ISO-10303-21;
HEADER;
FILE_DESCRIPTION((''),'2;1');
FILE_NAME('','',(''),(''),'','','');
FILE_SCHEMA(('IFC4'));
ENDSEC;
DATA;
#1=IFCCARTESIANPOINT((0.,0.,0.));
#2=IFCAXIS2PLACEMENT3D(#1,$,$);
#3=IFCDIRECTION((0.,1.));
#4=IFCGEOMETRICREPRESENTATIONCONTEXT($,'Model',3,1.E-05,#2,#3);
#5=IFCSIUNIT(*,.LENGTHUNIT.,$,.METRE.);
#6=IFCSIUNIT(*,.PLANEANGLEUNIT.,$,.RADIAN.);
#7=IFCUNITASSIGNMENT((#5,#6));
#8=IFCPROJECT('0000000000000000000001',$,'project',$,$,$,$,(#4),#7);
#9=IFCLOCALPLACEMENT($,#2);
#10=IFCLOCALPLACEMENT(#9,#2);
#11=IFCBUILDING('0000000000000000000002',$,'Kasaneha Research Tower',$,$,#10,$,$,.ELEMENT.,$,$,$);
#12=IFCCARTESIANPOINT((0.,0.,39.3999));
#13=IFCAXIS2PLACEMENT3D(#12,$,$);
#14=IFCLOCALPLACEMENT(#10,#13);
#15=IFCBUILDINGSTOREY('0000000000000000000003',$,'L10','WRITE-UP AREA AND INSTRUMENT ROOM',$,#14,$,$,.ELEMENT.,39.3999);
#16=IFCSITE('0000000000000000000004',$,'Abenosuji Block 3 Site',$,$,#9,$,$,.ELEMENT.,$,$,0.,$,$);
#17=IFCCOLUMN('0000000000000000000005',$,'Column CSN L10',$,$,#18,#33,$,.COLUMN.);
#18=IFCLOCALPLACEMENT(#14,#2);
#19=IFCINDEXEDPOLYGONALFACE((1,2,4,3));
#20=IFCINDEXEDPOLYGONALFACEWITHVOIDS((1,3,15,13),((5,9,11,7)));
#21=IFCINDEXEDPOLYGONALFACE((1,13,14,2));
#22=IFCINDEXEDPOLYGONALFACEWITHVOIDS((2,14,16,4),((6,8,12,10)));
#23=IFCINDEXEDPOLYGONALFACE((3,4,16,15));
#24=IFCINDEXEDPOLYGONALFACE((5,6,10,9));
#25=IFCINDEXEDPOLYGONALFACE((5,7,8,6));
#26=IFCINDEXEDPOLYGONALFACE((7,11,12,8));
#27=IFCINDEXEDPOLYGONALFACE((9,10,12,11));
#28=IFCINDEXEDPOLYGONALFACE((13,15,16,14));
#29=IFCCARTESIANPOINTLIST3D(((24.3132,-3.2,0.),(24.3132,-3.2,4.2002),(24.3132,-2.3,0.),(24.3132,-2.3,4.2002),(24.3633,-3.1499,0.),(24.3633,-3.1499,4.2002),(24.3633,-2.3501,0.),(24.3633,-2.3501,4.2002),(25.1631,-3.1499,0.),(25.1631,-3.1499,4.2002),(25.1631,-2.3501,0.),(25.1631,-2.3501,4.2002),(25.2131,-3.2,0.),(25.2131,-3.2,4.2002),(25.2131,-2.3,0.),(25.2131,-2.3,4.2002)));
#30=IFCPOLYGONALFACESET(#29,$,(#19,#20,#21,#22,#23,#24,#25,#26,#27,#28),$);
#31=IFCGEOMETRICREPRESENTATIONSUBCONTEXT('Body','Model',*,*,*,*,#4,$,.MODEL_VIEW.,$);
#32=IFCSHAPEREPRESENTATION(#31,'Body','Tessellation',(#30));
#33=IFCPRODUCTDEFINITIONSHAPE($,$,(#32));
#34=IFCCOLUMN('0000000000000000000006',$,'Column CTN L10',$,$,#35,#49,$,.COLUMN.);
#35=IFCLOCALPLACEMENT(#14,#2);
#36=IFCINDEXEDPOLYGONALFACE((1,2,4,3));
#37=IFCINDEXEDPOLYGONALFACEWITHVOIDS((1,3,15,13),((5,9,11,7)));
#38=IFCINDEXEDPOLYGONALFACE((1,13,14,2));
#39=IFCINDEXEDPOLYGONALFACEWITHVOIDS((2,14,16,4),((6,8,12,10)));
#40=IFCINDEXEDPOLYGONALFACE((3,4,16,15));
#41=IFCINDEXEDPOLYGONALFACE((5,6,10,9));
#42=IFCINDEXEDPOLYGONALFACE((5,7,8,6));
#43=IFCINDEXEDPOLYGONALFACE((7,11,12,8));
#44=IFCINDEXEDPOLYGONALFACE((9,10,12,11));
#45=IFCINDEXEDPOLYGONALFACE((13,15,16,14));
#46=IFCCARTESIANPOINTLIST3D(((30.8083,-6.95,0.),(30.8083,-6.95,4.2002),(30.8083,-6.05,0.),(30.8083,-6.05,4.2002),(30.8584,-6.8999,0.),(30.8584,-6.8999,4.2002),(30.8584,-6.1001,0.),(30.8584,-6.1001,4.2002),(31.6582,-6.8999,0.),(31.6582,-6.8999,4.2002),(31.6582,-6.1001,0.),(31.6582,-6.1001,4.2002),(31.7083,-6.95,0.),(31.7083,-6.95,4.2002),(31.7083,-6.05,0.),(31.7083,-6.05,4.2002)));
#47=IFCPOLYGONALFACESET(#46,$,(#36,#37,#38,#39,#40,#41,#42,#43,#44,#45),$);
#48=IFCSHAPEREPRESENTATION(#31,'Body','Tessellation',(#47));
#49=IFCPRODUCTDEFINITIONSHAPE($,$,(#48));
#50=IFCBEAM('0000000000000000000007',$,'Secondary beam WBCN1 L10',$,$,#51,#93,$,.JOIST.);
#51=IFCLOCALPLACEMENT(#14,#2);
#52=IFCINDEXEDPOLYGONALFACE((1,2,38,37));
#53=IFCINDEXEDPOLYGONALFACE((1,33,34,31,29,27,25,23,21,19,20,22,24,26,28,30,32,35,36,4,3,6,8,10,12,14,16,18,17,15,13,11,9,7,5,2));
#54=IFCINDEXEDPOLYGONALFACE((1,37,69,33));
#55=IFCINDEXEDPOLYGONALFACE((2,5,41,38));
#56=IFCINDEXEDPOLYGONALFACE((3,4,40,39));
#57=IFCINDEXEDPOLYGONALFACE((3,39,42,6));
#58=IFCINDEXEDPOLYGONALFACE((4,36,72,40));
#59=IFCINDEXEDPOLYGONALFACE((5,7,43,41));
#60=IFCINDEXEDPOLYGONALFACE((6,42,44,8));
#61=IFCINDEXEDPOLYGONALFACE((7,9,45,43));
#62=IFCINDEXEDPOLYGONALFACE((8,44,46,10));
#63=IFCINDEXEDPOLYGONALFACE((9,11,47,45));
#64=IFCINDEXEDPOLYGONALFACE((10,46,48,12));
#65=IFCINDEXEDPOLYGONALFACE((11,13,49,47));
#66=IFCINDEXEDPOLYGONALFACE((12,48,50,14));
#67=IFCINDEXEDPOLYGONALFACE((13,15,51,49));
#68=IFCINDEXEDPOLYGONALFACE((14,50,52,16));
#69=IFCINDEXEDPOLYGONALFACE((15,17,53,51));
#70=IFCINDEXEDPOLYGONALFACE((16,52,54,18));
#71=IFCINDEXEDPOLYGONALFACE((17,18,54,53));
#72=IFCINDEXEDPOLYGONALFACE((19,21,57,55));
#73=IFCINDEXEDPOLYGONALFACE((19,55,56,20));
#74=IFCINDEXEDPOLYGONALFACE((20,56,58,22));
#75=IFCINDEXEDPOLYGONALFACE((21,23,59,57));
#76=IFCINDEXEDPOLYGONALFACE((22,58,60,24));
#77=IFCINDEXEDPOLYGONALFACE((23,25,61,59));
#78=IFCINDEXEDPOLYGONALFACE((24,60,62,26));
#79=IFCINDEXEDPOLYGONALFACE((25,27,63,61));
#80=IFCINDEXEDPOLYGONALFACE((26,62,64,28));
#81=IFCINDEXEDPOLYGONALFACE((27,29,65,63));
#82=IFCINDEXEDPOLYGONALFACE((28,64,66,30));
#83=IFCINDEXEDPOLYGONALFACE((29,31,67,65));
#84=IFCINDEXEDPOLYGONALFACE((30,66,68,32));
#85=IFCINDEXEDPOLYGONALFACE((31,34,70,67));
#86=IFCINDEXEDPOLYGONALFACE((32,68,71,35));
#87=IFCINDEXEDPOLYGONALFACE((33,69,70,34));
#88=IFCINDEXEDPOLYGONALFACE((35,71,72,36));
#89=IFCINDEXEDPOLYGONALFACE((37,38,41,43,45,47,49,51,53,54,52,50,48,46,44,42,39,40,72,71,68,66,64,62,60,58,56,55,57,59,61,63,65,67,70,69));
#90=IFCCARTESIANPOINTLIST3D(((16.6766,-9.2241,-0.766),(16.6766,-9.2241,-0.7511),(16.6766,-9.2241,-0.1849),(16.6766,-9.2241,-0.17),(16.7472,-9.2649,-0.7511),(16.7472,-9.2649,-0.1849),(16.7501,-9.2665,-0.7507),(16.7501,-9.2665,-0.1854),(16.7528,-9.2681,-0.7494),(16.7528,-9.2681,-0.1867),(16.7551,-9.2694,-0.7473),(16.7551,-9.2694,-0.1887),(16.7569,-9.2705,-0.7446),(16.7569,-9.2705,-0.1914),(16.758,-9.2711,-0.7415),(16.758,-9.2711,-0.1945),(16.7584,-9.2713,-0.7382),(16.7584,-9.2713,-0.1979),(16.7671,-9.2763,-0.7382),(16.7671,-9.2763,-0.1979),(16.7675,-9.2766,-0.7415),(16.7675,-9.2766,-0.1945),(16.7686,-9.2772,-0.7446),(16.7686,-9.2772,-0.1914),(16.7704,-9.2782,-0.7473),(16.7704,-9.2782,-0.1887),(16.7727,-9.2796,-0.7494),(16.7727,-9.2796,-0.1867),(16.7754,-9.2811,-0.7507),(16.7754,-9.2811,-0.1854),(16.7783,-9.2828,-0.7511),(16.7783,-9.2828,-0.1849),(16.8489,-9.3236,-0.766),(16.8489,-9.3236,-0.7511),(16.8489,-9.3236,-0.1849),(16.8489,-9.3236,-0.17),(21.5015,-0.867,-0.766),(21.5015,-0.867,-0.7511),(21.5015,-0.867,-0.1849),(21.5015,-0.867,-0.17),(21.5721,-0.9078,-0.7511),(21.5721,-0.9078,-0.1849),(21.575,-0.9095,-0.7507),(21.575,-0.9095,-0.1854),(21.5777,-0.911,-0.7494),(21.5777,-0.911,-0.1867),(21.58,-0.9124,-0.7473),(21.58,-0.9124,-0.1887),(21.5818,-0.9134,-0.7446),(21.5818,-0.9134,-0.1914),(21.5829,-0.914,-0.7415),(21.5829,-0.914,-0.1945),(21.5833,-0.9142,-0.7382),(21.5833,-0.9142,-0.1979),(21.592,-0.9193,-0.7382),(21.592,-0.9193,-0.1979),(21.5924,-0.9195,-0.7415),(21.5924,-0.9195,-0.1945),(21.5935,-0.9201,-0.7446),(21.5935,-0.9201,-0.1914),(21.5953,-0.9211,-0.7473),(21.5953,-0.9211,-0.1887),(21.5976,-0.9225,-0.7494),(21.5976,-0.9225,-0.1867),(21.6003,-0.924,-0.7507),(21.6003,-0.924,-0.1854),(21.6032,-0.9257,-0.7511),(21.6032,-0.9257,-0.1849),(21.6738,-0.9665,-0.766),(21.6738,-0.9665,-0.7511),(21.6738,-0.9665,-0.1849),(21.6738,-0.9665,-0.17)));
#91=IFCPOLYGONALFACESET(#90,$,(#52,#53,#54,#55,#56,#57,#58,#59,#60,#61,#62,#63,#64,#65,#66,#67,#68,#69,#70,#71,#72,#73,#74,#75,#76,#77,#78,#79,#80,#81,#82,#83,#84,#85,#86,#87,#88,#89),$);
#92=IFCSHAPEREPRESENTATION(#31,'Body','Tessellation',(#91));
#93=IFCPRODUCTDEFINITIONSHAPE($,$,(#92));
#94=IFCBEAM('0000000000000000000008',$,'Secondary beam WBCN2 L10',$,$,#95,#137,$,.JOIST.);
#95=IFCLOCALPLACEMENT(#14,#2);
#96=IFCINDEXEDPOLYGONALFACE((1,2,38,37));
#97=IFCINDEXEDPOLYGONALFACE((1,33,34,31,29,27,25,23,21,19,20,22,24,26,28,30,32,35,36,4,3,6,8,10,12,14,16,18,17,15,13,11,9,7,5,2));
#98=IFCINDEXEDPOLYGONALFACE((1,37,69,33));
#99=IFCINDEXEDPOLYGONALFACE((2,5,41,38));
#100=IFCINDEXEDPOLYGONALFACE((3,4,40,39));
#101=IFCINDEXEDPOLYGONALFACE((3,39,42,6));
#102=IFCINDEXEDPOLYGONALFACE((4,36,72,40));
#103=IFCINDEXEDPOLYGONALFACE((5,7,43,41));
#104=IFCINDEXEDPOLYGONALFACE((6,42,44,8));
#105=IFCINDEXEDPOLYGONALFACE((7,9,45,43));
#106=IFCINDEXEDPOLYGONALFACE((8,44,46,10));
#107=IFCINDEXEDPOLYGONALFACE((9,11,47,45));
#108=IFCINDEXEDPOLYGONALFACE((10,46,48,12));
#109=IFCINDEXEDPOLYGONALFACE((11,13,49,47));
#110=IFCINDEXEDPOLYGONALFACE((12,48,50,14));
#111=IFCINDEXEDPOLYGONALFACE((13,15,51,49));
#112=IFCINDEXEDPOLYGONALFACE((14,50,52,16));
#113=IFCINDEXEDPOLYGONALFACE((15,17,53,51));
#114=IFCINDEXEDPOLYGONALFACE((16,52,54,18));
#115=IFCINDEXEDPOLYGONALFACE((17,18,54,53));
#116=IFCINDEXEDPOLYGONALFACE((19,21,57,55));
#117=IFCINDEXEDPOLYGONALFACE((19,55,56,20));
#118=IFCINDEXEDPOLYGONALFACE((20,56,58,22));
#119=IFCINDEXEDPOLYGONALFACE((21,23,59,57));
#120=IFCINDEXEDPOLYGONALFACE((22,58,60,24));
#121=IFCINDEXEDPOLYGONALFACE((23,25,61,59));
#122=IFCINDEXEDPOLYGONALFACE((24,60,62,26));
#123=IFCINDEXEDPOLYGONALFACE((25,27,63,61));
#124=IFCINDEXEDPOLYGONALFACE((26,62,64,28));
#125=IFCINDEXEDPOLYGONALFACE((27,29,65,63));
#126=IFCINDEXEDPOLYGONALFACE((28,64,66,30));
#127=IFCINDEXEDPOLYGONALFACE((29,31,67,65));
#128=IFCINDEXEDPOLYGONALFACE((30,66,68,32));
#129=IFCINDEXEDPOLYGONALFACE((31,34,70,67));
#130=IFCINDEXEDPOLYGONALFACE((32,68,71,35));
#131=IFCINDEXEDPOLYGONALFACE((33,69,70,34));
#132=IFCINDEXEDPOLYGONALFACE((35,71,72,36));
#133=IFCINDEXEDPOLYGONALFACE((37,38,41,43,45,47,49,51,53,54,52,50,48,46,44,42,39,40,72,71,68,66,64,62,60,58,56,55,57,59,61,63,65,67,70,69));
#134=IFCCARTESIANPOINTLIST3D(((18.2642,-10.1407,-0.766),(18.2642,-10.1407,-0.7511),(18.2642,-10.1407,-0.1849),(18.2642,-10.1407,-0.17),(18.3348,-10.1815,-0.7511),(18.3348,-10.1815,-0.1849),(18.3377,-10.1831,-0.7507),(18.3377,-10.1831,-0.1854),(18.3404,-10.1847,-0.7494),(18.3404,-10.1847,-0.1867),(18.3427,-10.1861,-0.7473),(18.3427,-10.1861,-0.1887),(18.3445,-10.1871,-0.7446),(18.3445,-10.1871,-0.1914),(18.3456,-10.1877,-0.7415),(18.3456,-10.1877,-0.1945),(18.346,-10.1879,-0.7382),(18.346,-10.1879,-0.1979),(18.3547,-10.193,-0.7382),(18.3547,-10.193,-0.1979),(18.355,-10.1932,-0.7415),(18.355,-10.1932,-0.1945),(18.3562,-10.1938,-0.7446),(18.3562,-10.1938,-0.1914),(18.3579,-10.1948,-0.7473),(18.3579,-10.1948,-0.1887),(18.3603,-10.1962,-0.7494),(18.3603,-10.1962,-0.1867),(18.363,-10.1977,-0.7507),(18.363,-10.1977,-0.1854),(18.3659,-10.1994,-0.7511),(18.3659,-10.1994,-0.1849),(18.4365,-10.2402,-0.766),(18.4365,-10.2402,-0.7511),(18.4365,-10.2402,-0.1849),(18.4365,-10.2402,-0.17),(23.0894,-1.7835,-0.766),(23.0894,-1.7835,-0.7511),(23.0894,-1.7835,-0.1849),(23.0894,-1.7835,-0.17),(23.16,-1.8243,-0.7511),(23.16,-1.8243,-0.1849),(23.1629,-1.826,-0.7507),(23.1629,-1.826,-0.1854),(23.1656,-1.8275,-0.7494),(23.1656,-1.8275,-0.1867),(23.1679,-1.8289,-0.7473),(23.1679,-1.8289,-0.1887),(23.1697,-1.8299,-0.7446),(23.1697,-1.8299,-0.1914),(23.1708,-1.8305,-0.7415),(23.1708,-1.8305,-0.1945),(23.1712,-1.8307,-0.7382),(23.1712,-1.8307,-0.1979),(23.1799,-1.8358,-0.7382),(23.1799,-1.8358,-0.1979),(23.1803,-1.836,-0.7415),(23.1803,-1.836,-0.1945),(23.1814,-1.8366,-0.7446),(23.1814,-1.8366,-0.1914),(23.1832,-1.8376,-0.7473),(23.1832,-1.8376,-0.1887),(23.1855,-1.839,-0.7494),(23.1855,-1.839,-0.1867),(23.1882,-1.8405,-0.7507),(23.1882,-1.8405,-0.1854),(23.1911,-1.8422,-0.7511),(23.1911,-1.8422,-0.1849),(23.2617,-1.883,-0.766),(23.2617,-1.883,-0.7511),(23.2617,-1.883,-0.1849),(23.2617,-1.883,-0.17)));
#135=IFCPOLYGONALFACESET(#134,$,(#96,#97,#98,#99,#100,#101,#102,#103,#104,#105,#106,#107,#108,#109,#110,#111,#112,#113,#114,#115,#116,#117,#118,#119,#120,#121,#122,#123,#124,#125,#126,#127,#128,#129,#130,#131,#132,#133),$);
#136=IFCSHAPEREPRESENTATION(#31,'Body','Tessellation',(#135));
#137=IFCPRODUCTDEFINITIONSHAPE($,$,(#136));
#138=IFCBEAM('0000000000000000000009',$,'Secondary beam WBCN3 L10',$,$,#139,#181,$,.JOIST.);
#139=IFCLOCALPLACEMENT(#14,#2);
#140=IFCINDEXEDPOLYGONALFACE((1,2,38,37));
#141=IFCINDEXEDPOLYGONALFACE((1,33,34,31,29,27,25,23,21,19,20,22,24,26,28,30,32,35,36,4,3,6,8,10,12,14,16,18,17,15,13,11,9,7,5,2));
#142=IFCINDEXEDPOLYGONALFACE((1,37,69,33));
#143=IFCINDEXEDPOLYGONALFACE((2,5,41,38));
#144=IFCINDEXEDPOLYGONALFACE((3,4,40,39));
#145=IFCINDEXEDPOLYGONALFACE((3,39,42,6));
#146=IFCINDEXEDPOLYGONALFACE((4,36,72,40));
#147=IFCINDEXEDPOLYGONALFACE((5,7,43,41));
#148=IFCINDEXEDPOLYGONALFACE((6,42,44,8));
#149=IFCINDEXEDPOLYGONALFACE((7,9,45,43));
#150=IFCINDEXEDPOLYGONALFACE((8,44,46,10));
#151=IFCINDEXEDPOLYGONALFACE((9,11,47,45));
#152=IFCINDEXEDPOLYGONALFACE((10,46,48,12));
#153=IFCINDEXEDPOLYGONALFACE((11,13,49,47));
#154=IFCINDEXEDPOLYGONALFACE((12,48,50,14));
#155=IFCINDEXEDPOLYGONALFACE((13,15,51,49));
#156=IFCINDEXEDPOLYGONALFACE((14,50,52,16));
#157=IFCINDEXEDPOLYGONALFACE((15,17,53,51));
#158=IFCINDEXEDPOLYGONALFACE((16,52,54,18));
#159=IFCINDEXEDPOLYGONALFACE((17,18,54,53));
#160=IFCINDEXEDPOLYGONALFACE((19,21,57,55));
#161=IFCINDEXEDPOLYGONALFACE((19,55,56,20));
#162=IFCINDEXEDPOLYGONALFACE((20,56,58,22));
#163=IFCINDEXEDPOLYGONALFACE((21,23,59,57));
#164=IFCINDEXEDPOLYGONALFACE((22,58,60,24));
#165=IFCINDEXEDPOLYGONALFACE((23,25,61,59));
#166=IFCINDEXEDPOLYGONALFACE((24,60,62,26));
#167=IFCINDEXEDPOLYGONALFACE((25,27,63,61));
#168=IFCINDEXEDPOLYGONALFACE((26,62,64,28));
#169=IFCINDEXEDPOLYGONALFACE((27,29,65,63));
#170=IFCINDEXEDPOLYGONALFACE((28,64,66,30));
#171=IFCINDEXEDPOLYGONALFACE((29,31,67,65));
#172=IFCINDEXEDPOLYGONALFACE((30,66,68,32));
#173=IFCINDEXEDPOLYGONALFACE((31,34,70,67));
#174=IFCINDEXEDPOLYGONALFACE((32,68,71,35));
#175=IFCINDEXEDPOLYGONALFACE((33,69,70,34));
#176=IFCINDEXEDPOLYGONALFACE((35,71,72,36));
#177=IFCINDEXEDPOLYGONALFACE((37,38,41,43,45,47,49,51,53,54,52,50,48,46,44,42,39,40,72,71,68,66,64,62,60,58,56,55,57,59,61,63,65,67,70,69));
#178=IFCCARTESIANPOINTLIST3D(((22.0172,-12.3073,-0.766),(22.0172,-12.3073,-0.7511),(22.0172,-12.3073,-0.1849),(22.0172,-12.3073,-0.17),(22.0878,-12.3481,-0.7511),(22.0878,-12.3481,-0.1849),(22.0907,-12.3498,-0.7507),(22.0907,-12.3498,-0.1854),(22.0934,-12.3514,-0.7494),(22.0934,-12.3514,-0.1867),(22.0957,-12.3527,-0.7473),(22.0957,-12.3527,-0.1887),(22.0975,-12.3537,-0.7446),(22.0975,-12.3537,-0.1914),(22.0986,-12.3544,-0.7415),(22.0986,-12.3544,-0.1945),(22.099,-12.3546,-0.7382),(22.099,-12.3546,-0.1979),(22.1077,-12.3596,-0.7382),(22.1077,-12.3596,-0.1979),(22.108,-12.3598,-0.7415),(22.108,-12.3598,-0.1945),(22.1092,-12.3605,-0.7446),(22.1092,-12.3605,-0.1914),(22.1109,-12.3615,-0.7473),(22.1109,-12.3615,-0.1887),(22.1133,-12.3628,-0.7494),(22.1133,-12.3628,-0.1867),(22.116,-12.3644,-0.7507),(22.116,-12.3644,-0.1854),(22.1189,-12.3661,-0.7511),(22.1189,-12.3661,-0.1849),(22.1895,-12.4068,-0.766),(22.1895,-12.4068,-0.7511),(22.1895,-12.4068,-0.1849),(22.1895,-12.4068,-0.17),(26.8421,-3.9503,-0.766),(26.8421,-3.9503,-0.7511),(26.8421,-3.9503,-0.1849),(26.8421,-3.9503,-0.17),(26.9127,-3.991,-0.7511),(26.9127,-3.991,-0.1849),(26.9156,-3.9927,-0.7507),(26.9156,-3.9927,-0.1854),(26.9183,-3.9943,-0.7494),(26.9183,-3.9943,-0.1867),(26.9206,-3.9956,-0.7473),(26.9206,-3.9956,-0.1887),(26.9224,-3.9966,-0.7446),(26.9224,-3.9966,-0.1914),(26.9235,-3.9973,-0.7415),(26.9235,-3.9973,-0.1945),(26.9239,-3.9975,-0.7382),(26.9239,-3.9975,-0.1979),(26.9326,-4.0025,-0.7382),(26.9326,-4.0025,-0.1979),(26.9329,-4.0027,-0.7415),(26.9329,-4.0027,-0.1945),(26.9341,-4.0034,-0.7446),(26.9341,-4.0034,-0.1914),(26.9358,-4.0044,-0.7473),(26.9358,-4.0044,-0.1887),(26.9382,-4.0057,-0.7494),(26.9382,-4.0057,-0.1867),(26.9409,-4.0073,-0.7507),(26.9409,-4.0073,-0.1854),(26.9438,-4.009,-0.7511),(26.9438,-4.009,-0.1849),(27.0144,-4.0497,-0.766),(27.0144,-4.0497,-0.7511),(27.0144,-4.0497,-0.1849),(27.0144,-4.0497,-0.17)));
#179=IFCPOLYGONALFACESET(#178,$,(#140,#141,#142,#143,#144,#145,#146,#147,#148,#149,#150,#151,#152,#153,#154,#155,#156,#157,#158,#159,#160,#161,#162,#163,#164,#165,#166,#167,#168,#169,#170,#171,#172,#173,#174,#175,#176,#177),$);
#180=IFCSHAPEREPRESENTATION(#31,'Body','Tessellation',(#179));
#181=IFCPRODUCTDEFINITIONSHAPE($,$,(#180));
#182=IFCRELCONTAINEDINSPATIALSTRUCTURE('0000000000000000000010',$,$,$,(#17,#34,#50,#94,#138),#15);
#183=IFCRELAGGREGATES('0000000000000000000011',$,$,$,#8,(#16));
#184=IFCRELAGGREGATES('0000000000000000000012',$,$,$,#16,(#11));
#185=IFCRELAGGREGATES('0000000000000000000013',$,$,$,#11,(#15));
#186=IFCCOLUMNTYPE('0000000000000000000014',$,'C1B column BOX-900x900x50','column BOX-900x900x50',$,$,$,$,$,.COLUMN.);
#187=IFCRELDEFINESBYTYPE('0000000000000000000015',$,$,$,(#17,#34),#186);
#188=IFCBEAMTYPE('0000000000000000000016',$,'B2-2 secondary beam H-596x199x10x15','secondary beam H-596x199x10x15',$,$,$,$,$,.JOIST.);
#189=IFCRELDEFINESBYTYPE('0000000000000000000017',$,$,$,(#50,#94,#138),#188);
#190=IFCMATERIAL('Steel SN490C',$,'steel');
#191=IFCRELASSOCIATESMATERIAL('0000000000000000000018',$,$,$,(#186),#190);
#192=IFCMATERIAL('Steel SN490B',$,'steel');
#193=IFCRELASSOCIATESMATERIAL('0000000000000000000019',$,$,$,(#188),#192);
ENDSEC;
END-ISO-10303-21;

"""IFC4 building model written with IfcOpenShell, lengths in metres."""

from ifc_helpers import new_model, si_unit, direction, frame, origin, origin_2d, place, context, subcontext, project, spatial, hollow_rectangle, i_section, extrude, material, material_profile, profile_set, type_object, element, save


model = new_model("IFC4")

# Units and contexts
model_context = context("Model", 3, precision=1e-05, world=origin(), true_north=direction((0.0, 1.0)))
body_context = subcontext(model_context, "Body", "Model", "MODEL_VIEW")
ifc_project = project(units=[si_unit("LENGTHUNIT", "METRE"), si_unit("PLANEANGLEUNIT", "RADIAN")], contexts=[model_context])

# Site, building, storey
site_placement = place(None, origin())
site = spatial("IfcSite", under=ifc_project, at=site_placement, Name="Abenosuji Block 3 Site", CompositionType="ELEMENT", RefElevation=0.0)
building_placement = place(site_placement, origin())
building = spatial("IfcBuilding", under=site, at=building_placement, Name="Kasaneha Research Tower", CompositionType="ELEMENT")
storey_placement = place(building_placement, frame((0.0, 0.0, 39.3999)))
storey = spatial("IfcBuildingStorey", under=building, at=storey_placement, Name="L10", Description="WRITE-UP AREA AND INSTRUMENT ROOM", CompositionType="ELEMENT", Elevation=39.3999)

# Columns
ifc_material_1 = material(Name="Steel SN490C", Category="steel")
ifc_material_profile_1 = material_profile(ifc_material_1, hollow_rectangle(XDim=0.8999, YDim=0.8999, WallThickness=0.05, at=origin_2d()), Name="BOX-900x900x50")
ifc_profile_set_1 = profile_set([ifc_material_profile_1], Name="Steel SN490C")
column_type = type_object("IfcColumnType", Name="C1B column BOX-900x900x50", Description="column BOX-900x900x50", PredefinedType="COLUMN", material=ifc_profile_set_1)
for number, where, z_axis, x_axis, name in (
    (1, (24.7632, -2.75, 0.0), (0.0, 0.0, 1.0), (1.0, 0.0, 0.0), "Column CSN L10"),
    (2, (31.2583, -6.5, 0.0), (0.0, 0.0, 1.0), (1.0, 0.0, 0.0), "Column CTN L10"),
):
    element("IfcColumn", number, at=place(storey_placement, frame(where, z_axis=z_axis, x_axis=x_axis)), inside=storey, type_object=column_type, Name=name, PredefinedType="COLUMN", context=body_context, shape_type="SweptSolid", body=[
        extrude(hollow_rectangle(XDim=0.8999, YDim=0.8999, WallThickness=0.05, at=origin_2d()), origin(), (0.0, 0.0, 1.0), 4.2002),
    ])

# Beams
ifc_material_2 = material(Name="Steel SN490B", Category="steel")
ifc_material_profile_2 = material_profile(ifc_material_2, i_section(OverallWidth=0.199, OverallDepth=0.5959, WebThickness=0.01, FlangeThickness=0.0149, FilletRadius=0.0129, at=origin_2d()), Name="H-596x199x10x15")
ifc_profile_set_2 = profile_set([ifc_material_profile_2], Name="Steel SN490B")
beam_type_1 = type_object("IfcBeamType", Name="B2-2 secondary beam H-596x199x10x15", Description="secondary beam H-596x199x10x15", PredefinedType="JOIST", material=ifc_profile_set_2)
beam_1_placement = place(storey_placement, frame((21.5876, -0.9167, -0.468), z_axis=(-0.499995, -0.866028, 0.0), x_axis=(0.866028, -0.499995, 0.0)))
element("IfcBeam", 3, at=beam_1_placement, inside=storey, type_object=beam_type_1, Name="Secondary beam WBCN1 L10", PredefinedType="JOIST", context=body_context, shape_type="SweptSolid", body=[
    extrude(i_section(OverallWidth=0.199, OverallDepth=0.5959, WebThickness=0.01, FlangeThickness=0.0149, FilletRadius=0.0129, at=origin_2d()), origin(), (0.0, 0.0, 1.0), 9.6499),
])
beam_2_placement = place(storey_placement, frame((23.1755, -1.8333, -0.468), z_axis=(-0.500014, -0.866017, 0.0), x_axis=(0.866017, -0.500014, 0.0)))
element("IfcBeam", 4, at=beam_2_placement, inside=storey, type_object=beam_type_1, Name="Secondary beam WBCN2 L10", PredefinedType="JOIST", context=body_context, shape_type="SweptSolid", body=[
    extrude(i_section(OverallWidth=0.199, OverallDepth=0.5959, WebThickness=0.01, FlangeThickness=0.0149, FilletRadius=0.0129, at=origin_2d()), origin(), (0.0, 0.0, 1.0), 9.6501),
])
for number, where, z_axis, x_axis, name in (
    (5, (26.9282, -4.0, -0.468), (-0.499995, -0.866028, 0.0), (0.866028, -0.499995, 0.0), "Secondary beam WBCN3 L10"),
):
    element("IfcBeam", number, at=place(storey_placement, frame(where, z_axis=z_axis, x_axis=x_axis)), inside=storey, type_object=beam_type_1, Name=name, PredefinedType="JOIST", context=body_context, shape_type="SweptSolid", body=[
        extrude(i_section(OverallWidth=0.199, OverallDepth=0.5959, WebThickness=0.01, FlangeThickness=0.0149, FilletRadius=0.0129, at=origin_2d()), origin(), (0.0, 0.0, 1.0), 9.6499),
    ])

save(model, "model.ifc")
